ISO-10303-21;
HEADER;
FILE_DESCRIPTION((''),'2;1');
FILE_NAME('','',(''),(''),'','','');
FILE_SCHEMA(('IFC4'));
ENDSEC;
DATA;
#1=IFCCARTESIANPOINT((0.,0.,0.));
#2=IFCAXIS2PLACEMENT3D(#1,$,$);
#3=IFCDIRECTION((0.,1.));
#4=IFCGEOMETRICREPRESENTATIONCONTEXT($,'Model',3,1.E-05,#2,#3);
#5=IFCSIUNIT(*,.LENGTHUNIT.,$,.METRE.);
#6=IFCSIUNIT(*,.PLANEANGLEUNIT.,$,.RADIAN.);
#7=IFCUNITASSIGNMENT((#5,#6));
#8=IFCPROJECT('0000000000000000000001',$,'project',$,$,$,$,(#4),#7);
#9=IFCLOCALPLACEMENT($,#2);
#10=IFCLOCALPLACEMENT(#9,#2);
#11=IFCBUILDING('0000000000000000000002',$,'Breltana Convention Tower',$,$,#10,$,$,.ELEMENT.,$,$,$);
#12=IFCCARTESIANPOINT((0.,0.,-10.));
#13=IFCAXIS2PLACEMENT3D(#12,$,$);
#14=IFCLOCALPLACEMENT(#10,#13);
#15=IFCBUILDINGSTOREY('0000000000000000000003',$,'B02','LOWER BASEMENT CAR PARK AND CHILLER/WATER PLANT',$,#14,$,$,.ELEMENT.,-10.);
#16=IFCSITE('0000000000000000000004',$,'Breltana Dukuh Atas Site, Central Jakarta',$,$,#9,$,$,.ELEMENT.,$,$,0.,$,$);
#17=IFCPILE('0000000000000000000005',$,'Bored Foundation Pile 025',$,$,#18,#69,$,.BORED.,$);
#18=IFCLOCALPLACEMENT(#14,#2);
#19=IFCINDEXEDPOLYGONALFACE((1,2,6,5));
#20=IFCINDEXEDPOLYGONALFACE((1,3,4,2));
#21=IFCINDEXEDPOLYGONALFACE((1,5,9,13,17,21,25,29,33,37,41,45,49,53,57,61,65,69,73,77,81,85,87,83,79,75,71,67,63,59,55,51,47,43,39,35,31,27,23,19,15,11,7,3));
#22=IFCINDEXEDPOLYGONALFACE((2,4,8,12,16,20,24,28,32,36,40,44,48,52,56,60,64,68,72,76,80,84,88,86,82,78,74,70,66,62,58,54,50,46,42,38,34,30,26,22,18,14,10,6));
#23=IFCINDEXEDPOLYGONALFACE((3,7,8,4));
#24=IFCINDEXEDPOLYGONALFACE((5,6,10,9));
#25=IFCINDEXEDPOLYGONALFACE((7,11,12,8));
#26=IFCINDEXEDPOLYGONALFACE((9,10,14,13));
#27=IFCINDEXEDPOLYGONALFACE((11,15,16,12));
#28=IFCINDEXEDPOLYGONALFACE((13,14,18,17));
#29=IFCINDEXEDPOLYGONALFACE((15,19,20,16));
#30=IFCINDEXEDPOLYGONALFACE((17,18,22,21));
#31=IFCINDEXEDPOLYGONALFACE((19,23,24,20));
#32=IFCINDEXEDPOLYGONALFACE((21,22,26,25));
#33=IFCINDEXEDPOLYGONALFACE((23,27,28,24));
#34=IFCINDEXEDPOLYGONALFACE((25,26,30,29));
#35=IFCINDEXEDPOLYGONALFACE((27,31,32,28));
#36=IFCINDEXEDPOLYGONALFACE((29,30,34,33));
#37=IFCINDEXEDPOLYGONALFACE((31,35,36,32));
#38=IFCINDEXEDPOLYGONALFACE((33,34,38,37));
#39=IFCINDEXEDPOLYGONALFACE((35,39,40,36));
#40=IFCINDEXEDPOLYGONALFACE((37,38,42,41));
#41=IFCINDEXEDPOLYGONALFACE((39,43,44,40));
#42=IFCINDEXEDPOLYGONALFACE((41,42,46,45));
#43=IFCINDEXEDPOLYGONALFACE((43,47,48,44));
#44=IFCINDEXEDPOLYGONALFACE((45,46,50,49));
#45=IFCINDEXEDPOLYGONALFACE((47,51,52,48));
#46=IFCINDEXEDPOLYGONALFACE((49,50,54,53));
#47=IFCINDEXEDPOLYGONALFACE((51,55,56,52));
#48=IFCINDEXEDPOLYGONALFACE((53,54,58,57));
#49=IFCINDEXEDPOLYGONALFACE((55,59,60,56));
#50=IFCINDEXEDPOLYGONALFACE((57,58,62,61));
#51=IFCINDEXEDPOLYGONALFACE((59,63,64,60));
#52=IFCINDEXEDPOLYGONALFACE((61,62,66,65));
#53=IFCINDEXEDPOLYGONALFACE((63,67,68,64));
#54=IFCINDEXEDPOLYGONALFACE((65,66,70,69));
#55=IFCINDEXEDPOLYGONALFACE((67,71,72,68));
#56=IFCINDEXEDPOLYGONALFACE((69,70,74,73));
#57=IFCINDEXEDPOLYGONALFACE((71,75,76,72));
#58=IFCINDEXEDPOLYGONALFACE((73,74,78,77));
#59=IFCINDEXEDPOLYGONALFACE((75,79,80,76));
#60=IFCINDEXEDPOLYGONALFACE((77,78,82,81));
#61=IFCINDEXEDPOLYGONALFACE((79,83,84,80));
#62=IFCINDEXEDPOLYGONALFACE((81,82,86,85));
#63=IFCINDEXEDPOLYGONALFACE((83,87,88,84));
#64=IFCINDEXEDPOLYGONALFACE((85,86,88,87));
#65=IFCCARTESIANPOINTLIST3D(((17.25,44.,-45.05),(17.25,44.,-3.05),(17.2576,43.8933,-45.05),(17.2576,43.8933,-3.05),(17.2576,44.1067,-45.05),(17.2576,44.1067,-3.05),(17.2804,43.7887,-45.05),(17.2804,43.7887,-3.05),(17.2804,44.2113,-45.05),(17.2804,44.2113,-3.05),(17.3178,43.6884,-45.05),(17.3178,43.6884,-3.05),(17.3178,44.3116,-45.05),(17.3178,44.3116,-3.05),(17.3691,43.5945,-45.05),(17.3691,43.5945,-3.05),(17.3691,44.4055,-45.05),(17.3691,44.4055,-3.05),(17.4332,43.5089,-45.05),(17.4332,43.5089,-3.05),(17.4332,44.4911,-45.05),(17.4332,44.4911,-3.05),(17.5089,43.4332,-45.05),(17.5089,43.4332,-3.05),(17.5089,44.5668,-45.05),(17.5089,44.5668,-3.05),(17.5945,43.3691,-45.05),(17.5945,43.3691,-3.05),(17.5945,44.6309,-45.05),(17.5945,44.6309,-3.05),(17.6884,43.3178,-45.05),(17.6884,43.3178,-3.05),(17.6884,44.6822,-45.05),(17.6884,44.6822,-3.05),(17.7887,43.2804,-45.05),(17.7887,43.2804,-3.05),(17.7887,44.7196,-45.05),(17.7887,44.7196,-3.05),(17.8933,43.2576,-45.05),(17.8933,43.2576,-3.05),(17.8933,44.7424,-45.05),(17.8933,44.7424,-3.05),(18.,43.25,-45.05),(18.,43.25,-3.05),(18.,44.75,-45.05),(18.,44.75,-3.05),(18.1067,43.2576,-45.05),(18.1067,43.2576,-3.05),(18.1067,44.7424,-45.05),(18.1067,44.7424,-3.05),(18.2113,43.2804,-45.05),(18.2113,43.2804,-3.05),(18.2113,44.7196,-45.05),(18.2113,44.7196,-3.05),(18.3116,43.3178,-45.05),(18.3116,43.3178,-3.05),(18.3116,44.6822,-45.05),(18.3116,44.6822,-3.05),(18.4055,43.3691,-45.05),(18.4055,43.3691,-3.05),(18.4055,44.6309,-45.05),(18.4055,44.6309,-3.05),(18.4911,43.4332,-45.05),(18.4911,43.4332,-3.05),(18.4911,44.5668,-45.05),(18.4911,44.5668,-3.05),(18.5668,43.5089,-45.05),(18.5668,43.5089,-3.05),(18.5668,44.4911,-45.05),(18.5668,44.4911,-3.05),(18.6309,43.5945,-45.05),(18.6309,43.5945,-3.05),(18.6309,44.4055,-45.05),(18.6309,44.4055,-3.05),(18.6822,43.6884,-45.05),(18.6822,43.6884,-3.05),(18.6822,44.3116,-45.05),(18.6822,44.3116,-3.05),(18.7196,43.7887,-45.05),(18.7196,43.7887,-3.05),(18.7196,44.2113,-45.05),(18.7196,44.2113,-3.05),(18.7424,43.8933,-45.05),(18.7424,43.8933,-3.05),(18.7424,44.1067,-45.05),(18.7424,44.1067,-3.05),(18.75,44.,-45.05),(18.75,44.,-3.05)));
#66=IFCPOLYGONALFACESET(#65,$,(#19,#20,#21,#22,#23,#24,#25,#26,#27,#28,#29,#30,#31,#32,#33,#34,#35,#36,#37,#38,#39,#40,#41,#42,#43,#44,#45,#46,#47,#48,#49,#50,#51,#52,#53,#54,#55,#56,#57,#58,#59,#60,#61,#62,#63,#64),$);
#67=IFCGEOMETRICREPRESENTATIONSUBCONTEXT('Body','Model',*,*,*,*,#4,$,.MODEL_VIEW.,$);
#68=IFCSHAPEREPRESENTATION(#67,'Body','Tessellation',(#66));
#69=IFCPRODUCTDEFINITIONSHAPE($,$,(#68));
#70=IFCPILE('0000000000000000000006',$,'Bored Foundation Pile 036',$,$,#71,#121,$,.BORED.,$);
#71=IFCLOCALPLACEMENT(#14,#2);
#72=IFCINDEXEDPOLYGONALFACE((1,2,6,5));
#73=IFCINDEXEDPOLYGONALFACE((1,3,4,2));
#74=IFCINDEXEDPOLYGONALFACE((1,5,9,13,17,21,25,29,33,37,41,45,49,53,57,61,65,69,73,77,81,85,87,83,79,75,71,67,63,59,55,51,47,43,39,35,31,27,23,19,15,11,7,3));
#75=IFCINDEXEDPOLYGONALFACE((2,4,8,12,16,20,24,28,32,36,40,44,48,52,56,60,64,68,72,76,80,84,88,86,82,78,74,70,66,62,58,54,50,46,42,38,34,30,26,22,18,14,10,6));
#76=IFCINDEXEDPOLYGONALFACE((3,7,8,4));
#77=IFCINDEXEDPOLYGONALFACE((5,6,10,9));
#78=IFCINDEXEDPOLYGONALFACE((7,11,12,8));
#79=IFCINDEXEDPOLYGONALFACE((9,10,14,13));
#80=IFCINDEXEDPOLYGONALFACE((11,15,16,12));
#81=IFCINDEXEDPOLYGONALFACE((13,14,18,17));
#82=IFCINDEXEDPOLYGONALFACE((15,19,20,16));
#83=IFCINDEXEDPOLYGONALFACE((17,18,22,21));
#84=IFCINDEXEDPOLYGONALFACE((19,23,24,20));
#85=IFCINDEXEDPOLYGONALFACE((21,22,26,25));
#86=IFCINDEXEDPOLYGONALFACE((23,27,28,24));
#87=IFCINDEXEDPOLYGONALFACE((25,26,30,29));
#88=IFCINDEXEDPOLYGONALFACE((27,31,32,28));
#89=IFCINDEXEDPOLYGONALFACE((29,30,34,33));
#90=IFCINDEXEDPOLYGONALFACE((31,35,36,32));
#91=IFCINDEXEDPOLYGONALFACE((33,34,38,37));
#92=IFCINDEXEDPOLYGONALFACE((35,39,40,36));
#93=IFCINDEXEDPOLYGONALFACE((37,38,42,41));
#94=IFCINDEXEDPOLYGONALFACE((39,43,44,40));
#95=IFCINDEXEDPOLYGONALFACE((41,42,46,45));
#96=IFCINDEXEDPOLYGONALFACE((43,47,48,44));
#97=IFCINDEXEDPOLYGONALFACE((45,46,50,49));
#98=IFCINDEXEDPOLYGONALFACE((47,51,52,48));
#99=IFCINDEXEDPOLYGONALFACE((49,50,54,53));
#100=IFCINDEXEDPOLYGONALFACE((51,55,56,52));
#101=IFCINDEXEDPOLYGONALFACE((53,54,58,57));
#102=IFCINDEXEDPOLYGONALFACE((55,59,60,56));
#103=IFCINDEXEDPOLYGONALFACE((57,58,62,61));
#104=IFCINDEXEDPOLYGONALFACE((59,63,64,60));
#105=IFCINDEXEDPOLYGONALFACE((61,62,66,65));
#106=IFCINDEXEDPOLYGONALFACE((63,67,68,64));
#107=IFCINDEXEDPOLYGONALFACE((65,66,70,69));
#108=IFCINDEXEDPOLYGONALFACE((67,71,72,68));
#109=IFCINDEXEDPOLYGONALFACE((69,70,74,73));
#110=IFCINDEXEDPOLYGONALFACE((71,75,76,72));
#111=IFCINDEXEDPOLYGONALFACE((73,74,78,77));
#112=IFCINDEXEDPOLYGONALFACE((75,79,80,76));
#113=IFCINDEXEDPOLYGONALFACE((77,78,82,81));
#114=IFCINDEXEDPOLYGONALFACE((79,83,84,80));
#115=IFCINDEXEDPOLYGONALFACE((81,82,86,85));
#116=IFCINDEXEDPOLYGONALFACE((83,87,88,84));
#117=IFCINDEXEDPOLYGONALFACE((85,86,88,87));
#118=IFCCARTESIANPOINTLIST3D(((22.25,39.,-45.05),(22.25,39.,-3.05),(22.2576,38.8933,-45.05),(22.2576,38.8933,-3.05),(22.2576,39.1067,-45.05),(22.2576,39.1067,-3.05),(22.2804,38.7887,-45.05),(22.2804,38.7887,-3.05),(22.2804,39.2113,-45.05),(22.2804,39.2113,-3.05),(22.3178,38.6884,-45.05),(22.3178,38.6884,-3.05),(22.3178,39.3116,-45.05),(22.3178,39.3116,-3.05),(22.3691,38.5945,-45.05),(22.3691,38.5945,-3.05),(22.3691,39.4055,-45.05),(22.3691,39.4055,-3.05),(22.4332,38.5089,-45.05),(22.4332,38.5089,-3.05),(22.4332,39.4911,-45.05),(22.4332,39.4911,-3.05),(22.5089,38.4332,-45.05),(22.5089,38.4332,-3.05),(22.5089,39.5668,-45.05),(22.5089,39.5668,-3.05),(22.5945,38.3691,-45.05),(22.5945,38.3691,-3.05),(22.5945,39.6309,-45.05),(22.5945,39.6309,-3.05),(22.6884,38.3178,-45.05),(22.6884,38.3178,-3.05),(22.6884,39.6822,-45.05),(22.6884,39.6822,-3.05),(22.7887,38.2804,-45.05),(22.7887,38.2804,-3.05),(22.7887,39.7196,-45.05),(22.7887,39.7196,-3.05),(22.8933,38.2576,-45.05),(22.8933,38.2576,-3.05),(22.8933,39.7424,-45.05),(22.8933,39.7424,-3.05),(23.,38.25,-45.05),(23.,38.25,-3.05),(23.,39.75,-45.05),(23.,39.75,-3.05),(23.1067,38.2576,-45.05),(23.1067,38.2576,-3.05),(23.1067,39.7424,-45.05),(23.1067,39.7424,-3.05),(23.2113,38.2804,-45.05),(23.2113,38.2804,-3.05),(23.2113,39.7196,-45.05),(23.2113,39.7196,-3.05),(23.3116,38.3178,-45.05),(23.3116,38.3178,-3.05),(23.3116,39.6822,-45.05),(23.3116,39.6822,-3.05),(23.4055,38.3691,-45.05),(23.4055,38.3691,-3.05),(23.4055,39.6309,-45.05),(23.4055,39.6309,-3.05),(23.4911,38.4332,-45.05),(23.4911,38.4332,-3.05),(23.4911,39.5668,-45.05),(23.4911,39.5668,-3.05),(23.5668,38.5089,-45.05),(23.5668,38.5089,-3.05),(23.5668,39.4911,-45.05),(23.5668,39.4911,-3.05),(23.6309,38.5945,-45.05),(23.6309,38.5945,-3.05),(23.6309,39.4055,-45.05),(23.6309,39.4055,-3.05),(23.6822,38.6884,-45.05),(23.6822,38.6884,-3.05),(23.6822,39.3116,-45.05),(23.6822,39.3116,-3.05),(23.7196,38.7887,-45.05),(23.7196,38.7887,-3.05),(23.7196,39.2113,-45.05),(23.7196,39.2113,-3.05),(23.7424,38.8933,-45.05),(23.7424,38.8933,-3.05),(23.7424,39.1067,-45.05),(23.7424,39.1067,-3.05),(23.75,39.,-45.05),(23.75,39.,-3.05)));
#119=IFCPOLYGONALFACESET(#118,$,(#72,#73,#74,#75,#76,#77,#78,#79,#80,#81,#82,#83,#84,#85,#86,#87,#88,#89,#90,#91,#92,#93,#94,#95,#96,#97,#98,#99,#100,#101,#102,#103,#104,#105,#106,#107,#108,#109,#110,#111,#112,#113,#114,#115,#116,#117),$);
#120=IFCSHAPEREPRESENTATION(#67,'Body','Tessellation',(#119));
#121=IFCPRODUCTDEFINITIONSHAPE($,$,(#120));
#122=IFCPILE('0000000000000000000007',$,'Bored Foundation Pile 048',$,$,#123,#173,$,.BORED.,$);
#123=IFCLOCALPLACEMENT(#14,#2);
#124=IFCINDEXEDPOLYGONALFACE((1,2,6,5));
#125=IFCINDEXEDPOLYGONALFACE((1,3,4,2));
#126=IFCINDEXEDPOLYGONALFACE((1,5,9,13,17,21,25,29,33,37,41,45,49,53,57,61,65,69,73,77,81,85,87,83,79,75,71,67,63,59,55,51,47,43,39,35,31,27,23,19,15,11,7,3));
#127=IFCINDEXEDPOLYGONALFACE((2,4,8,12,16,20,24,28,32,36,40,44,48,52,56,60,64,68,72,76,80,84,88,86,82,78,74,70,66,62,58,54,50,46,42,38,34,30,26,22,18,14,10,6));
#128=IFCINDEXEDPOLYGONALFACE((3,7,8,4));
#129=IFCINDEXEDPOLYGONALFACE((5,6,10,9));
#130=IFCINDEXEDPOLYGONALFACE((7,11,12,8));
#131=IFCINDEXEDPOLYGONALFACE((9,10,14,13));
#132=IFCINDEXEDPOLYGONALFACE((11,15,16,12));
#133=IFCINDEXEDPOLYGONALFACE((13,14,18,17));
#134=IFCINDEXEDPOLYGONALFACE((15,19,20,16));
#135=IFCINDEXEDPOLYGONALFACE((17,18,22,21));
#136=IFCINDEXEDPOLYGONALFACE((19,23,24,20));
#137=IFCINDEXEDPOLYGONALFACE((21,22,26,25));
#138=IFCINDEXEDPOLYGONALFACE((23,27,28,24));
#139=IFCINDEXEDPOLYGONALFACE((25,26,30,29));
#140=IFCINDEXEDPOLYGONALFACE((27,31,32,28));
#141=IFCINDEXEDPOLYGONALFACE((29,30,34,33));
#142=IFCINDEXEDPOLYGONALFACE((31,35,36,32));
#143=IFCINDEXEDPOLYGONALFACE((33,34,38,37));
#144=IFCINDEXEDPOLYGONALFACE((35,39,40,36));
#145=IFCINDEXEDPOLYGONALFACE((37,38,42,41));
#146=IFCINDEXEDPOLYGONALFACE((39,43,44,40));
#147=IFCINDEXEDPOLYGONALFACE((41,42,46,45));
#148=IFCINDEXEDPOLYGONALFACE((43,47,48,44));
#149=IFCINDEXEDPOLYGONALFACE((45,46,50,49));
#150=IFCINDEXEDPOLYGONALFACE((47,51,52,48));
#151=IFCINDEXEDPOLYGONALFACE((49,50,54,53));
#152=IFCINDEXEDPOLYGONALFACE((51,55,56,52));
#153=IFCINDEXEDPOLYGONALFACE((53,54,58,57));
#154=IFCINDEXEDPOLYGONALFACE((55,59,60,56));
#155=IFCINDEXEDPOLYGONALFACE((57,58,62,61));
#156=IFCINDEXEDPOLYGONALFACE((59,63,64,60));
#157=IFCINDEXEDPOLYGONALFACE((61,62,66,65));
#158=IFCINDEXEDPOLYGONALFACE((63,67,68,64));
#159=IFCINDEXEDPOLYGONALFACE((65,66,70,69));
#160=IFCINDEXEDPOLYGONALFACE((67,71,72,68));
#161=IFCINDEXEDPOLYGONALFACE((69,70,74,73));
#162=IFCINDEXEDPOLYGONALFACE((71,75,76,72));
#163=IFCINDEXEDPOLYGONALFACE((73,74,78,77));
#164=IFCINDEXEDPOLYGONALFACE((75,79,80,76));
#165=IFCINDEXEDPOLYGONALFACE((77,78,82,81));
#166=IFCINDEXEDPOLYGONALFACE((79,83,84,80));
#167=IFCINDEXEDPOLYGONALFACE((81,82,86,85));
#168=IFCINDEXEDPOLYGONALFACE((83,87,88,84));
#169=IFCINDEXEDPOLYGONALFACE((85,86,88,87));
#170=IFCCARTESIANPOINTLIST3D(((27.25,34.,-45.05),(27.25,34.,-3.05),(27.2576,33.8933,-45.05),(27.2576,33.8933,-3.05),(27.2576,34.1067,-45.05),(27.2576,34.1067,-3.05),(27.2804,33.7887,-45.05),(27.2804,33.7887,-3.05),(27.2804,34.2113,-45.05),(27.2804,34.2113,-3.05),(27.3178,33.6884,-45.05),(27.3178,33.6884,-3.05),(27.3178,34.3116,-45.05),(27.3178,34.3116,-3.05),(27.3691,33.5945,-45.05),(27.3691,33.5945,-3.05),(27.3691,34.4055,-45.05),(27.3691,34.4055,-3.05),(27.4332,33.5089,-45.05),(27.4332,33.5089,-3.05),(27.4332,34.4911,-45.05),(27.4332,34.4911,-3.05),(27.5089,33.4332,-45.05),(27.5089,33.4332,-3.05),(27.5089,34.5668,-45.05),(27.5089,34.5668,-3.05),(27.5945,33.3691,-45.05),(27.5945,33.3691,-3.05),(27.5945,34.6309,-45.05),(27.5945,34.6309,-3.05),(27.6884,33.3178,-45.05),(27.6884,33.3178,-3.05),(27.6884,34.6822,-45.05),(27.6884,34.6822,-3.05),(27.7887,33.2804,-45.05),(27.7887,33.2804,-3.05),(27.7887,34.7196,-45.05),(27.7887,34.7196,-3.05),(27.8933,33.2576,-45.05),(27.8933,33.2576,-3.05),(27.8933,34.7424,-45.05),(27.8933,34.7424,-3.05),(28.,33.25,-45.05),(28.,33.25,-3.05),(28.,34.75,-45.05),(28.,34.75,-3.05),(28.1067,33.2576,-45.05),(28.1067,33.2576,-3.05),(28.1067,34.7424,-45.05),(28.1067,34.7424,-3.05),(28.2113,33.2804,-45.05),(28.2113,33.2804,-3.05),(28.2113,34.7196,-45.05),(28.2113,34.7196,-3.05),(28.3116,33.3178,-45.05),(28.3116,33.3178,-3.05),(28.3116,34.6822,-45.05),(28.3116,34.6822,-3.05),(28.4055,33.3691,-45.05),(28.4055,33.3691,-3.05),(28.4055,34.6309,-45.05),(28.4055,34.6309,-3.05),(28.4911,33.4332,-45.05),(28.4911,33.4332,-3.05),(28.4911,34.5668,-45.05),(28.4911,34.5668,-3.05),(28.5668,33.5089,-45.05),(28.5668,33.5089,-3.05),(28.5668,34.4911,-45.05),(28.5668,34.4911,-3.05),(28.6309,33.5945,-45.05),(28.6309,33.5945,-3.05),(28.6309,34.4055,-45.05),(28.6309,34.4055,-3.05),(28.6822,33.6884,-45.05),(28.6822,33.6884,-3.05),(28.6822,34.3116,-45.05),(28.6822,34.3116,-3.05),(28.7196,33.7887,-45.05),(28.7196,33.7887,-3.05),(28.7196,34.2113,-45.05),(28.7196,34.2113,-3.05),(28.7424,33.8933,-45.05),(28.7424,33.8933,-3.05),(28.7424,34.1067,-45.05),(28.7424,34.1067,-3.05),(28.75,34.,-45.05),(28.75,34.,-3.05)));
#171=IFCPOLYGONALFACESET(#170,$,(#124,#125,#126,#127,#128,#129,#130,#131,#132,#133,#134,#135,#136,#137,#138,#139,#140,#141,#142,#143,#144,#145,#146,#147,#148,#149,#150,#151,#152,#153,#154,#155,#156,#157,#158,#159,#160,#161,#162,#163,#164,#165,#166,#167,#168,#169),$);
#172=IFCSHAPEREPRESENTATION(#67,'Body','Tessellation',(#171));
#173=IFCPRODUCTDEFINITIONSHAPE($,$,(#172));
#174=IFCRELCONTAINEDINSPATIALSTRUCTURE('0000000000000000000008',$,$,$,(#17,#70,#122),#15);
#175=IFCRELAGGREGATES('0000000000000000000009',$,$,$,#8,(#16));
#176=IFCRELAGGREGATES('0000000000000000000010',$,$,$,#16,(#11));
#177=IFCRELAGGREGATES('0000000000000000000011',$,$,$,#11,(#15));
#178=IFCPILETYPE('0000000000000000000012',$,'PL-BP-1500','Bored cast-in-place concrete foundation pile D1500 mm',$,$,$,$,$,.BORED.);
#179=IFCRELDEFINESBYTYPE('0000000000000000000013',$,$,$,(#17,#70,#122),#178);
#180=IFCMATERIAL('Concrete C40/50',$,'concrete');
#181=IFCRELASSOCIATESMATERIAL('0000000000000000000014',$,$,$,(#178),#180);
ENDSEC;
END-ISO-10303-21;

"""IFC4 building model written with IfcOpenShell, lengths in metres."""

from ifc_helpers import new_model, si_unit, direction, frame, origin, origin_2d, place, context, subcontext, project, spatial, circle, extrude, source, transform, mapped, material, material_profile, profile_set, type_object, type_shapes, element, save


model = new_model("IFC4")

# Units and contexts
model_context = context("Model", 3, precision=1e-05, world=origin(), true_north=direction((0.0, 1.0)))
body_context = subcontext(model_context, "Body", "Model", "MODEL_VIEW")
ifc_project = project(units=[si_unit("LENGTHUNIT", "METRE"), si_unit("PLANEANGLEUNIT", "RADIAN")], contexts=[model_context])

# Site, building, storey
site_placement = place(None, origin())
site = spatial("IfcSite", under=ifc_project, at=site_placement, Name="Breltana Dukuh Atas Site, Central Jakarta", CompositionType="ELEMENT", RefElevation=0.0)
building_placement = place(site_placement, origin())
building = spatial("IfcBuilding", under=site, at=building_placement, Name="Breltana Convention Tower", CompositionType="ELEMENT")
storey_placement = place(building_placement, frame((0.0, 0.0, -10.0)))
storey = spatial("IfcBuildingStorey", under=building, at=storey_placement, Name="B02", Description="LOWER BASEMENT CAR PARK AND CHILLER/WATER PLANT", CompositionType="ELEMENT", Elevation=-10.0)

# Piles
ifc_material_1 = material(Name="Concrete C40/50", Category="concrete")
ifc_material_profile_1 = material_profile(ifc_material_1, circle(Radius=0.75, at=origin_2d()), Name="BP-D1500")
ifc_profile_set_1 = profile_set([ifc_material_profile_1], Name="Concrete C40/50")
pile_type_1 = type_object("IfcPileType", Name="PL-BP-1500", Description="Bored cast-in-place concrete foundation pile D1500 mm", PredefinedType="BORED", material=ifc_profile_set_1)
shared_shape_1 = source(origin(), body_context, "Body", "SweptSolid", [
    extrude(circle(Radius=0.75, at=origin_2d()), origin(), (0.0, 0.0, 1.0), 42.0),
])
type_shapes(pile_type_1, [shared_shape_1])
for number, where, z_axis, x_axis, name in (
    (1, (18.0, 44.0, -3.05), (0.0, 0.0, -1.0), (1.0, 0.0, 0.0), "Bored Foundation Pile 025"),
    (2, (23.0, 39.0, -3.05), (0.0, 0.0, -1.0), (1.0, 0.0, 0.0), "Bored Foundation Pile 036"),
    (3, (28.0, 34.0, -3.05), (0.0, 0.0, -1.0), (1.0, 0.0, 0.0), "Bored Foundation Pile 048"),
):
    element("IfcPile", number, at=place(storey_placement, frame(where, z_axis=z_axis, x_axis=x_axis)), inside=storey, type_object=pile_type_1, Name=name, PredefinedType="BORED", context=body_context, shape_type="MappedRepresentation", body=[
        mapped(shared_shape_1, transform((0.0, 0.0, 0.0), scale=1.0)),
    ])

save(model, "model.ifc")
